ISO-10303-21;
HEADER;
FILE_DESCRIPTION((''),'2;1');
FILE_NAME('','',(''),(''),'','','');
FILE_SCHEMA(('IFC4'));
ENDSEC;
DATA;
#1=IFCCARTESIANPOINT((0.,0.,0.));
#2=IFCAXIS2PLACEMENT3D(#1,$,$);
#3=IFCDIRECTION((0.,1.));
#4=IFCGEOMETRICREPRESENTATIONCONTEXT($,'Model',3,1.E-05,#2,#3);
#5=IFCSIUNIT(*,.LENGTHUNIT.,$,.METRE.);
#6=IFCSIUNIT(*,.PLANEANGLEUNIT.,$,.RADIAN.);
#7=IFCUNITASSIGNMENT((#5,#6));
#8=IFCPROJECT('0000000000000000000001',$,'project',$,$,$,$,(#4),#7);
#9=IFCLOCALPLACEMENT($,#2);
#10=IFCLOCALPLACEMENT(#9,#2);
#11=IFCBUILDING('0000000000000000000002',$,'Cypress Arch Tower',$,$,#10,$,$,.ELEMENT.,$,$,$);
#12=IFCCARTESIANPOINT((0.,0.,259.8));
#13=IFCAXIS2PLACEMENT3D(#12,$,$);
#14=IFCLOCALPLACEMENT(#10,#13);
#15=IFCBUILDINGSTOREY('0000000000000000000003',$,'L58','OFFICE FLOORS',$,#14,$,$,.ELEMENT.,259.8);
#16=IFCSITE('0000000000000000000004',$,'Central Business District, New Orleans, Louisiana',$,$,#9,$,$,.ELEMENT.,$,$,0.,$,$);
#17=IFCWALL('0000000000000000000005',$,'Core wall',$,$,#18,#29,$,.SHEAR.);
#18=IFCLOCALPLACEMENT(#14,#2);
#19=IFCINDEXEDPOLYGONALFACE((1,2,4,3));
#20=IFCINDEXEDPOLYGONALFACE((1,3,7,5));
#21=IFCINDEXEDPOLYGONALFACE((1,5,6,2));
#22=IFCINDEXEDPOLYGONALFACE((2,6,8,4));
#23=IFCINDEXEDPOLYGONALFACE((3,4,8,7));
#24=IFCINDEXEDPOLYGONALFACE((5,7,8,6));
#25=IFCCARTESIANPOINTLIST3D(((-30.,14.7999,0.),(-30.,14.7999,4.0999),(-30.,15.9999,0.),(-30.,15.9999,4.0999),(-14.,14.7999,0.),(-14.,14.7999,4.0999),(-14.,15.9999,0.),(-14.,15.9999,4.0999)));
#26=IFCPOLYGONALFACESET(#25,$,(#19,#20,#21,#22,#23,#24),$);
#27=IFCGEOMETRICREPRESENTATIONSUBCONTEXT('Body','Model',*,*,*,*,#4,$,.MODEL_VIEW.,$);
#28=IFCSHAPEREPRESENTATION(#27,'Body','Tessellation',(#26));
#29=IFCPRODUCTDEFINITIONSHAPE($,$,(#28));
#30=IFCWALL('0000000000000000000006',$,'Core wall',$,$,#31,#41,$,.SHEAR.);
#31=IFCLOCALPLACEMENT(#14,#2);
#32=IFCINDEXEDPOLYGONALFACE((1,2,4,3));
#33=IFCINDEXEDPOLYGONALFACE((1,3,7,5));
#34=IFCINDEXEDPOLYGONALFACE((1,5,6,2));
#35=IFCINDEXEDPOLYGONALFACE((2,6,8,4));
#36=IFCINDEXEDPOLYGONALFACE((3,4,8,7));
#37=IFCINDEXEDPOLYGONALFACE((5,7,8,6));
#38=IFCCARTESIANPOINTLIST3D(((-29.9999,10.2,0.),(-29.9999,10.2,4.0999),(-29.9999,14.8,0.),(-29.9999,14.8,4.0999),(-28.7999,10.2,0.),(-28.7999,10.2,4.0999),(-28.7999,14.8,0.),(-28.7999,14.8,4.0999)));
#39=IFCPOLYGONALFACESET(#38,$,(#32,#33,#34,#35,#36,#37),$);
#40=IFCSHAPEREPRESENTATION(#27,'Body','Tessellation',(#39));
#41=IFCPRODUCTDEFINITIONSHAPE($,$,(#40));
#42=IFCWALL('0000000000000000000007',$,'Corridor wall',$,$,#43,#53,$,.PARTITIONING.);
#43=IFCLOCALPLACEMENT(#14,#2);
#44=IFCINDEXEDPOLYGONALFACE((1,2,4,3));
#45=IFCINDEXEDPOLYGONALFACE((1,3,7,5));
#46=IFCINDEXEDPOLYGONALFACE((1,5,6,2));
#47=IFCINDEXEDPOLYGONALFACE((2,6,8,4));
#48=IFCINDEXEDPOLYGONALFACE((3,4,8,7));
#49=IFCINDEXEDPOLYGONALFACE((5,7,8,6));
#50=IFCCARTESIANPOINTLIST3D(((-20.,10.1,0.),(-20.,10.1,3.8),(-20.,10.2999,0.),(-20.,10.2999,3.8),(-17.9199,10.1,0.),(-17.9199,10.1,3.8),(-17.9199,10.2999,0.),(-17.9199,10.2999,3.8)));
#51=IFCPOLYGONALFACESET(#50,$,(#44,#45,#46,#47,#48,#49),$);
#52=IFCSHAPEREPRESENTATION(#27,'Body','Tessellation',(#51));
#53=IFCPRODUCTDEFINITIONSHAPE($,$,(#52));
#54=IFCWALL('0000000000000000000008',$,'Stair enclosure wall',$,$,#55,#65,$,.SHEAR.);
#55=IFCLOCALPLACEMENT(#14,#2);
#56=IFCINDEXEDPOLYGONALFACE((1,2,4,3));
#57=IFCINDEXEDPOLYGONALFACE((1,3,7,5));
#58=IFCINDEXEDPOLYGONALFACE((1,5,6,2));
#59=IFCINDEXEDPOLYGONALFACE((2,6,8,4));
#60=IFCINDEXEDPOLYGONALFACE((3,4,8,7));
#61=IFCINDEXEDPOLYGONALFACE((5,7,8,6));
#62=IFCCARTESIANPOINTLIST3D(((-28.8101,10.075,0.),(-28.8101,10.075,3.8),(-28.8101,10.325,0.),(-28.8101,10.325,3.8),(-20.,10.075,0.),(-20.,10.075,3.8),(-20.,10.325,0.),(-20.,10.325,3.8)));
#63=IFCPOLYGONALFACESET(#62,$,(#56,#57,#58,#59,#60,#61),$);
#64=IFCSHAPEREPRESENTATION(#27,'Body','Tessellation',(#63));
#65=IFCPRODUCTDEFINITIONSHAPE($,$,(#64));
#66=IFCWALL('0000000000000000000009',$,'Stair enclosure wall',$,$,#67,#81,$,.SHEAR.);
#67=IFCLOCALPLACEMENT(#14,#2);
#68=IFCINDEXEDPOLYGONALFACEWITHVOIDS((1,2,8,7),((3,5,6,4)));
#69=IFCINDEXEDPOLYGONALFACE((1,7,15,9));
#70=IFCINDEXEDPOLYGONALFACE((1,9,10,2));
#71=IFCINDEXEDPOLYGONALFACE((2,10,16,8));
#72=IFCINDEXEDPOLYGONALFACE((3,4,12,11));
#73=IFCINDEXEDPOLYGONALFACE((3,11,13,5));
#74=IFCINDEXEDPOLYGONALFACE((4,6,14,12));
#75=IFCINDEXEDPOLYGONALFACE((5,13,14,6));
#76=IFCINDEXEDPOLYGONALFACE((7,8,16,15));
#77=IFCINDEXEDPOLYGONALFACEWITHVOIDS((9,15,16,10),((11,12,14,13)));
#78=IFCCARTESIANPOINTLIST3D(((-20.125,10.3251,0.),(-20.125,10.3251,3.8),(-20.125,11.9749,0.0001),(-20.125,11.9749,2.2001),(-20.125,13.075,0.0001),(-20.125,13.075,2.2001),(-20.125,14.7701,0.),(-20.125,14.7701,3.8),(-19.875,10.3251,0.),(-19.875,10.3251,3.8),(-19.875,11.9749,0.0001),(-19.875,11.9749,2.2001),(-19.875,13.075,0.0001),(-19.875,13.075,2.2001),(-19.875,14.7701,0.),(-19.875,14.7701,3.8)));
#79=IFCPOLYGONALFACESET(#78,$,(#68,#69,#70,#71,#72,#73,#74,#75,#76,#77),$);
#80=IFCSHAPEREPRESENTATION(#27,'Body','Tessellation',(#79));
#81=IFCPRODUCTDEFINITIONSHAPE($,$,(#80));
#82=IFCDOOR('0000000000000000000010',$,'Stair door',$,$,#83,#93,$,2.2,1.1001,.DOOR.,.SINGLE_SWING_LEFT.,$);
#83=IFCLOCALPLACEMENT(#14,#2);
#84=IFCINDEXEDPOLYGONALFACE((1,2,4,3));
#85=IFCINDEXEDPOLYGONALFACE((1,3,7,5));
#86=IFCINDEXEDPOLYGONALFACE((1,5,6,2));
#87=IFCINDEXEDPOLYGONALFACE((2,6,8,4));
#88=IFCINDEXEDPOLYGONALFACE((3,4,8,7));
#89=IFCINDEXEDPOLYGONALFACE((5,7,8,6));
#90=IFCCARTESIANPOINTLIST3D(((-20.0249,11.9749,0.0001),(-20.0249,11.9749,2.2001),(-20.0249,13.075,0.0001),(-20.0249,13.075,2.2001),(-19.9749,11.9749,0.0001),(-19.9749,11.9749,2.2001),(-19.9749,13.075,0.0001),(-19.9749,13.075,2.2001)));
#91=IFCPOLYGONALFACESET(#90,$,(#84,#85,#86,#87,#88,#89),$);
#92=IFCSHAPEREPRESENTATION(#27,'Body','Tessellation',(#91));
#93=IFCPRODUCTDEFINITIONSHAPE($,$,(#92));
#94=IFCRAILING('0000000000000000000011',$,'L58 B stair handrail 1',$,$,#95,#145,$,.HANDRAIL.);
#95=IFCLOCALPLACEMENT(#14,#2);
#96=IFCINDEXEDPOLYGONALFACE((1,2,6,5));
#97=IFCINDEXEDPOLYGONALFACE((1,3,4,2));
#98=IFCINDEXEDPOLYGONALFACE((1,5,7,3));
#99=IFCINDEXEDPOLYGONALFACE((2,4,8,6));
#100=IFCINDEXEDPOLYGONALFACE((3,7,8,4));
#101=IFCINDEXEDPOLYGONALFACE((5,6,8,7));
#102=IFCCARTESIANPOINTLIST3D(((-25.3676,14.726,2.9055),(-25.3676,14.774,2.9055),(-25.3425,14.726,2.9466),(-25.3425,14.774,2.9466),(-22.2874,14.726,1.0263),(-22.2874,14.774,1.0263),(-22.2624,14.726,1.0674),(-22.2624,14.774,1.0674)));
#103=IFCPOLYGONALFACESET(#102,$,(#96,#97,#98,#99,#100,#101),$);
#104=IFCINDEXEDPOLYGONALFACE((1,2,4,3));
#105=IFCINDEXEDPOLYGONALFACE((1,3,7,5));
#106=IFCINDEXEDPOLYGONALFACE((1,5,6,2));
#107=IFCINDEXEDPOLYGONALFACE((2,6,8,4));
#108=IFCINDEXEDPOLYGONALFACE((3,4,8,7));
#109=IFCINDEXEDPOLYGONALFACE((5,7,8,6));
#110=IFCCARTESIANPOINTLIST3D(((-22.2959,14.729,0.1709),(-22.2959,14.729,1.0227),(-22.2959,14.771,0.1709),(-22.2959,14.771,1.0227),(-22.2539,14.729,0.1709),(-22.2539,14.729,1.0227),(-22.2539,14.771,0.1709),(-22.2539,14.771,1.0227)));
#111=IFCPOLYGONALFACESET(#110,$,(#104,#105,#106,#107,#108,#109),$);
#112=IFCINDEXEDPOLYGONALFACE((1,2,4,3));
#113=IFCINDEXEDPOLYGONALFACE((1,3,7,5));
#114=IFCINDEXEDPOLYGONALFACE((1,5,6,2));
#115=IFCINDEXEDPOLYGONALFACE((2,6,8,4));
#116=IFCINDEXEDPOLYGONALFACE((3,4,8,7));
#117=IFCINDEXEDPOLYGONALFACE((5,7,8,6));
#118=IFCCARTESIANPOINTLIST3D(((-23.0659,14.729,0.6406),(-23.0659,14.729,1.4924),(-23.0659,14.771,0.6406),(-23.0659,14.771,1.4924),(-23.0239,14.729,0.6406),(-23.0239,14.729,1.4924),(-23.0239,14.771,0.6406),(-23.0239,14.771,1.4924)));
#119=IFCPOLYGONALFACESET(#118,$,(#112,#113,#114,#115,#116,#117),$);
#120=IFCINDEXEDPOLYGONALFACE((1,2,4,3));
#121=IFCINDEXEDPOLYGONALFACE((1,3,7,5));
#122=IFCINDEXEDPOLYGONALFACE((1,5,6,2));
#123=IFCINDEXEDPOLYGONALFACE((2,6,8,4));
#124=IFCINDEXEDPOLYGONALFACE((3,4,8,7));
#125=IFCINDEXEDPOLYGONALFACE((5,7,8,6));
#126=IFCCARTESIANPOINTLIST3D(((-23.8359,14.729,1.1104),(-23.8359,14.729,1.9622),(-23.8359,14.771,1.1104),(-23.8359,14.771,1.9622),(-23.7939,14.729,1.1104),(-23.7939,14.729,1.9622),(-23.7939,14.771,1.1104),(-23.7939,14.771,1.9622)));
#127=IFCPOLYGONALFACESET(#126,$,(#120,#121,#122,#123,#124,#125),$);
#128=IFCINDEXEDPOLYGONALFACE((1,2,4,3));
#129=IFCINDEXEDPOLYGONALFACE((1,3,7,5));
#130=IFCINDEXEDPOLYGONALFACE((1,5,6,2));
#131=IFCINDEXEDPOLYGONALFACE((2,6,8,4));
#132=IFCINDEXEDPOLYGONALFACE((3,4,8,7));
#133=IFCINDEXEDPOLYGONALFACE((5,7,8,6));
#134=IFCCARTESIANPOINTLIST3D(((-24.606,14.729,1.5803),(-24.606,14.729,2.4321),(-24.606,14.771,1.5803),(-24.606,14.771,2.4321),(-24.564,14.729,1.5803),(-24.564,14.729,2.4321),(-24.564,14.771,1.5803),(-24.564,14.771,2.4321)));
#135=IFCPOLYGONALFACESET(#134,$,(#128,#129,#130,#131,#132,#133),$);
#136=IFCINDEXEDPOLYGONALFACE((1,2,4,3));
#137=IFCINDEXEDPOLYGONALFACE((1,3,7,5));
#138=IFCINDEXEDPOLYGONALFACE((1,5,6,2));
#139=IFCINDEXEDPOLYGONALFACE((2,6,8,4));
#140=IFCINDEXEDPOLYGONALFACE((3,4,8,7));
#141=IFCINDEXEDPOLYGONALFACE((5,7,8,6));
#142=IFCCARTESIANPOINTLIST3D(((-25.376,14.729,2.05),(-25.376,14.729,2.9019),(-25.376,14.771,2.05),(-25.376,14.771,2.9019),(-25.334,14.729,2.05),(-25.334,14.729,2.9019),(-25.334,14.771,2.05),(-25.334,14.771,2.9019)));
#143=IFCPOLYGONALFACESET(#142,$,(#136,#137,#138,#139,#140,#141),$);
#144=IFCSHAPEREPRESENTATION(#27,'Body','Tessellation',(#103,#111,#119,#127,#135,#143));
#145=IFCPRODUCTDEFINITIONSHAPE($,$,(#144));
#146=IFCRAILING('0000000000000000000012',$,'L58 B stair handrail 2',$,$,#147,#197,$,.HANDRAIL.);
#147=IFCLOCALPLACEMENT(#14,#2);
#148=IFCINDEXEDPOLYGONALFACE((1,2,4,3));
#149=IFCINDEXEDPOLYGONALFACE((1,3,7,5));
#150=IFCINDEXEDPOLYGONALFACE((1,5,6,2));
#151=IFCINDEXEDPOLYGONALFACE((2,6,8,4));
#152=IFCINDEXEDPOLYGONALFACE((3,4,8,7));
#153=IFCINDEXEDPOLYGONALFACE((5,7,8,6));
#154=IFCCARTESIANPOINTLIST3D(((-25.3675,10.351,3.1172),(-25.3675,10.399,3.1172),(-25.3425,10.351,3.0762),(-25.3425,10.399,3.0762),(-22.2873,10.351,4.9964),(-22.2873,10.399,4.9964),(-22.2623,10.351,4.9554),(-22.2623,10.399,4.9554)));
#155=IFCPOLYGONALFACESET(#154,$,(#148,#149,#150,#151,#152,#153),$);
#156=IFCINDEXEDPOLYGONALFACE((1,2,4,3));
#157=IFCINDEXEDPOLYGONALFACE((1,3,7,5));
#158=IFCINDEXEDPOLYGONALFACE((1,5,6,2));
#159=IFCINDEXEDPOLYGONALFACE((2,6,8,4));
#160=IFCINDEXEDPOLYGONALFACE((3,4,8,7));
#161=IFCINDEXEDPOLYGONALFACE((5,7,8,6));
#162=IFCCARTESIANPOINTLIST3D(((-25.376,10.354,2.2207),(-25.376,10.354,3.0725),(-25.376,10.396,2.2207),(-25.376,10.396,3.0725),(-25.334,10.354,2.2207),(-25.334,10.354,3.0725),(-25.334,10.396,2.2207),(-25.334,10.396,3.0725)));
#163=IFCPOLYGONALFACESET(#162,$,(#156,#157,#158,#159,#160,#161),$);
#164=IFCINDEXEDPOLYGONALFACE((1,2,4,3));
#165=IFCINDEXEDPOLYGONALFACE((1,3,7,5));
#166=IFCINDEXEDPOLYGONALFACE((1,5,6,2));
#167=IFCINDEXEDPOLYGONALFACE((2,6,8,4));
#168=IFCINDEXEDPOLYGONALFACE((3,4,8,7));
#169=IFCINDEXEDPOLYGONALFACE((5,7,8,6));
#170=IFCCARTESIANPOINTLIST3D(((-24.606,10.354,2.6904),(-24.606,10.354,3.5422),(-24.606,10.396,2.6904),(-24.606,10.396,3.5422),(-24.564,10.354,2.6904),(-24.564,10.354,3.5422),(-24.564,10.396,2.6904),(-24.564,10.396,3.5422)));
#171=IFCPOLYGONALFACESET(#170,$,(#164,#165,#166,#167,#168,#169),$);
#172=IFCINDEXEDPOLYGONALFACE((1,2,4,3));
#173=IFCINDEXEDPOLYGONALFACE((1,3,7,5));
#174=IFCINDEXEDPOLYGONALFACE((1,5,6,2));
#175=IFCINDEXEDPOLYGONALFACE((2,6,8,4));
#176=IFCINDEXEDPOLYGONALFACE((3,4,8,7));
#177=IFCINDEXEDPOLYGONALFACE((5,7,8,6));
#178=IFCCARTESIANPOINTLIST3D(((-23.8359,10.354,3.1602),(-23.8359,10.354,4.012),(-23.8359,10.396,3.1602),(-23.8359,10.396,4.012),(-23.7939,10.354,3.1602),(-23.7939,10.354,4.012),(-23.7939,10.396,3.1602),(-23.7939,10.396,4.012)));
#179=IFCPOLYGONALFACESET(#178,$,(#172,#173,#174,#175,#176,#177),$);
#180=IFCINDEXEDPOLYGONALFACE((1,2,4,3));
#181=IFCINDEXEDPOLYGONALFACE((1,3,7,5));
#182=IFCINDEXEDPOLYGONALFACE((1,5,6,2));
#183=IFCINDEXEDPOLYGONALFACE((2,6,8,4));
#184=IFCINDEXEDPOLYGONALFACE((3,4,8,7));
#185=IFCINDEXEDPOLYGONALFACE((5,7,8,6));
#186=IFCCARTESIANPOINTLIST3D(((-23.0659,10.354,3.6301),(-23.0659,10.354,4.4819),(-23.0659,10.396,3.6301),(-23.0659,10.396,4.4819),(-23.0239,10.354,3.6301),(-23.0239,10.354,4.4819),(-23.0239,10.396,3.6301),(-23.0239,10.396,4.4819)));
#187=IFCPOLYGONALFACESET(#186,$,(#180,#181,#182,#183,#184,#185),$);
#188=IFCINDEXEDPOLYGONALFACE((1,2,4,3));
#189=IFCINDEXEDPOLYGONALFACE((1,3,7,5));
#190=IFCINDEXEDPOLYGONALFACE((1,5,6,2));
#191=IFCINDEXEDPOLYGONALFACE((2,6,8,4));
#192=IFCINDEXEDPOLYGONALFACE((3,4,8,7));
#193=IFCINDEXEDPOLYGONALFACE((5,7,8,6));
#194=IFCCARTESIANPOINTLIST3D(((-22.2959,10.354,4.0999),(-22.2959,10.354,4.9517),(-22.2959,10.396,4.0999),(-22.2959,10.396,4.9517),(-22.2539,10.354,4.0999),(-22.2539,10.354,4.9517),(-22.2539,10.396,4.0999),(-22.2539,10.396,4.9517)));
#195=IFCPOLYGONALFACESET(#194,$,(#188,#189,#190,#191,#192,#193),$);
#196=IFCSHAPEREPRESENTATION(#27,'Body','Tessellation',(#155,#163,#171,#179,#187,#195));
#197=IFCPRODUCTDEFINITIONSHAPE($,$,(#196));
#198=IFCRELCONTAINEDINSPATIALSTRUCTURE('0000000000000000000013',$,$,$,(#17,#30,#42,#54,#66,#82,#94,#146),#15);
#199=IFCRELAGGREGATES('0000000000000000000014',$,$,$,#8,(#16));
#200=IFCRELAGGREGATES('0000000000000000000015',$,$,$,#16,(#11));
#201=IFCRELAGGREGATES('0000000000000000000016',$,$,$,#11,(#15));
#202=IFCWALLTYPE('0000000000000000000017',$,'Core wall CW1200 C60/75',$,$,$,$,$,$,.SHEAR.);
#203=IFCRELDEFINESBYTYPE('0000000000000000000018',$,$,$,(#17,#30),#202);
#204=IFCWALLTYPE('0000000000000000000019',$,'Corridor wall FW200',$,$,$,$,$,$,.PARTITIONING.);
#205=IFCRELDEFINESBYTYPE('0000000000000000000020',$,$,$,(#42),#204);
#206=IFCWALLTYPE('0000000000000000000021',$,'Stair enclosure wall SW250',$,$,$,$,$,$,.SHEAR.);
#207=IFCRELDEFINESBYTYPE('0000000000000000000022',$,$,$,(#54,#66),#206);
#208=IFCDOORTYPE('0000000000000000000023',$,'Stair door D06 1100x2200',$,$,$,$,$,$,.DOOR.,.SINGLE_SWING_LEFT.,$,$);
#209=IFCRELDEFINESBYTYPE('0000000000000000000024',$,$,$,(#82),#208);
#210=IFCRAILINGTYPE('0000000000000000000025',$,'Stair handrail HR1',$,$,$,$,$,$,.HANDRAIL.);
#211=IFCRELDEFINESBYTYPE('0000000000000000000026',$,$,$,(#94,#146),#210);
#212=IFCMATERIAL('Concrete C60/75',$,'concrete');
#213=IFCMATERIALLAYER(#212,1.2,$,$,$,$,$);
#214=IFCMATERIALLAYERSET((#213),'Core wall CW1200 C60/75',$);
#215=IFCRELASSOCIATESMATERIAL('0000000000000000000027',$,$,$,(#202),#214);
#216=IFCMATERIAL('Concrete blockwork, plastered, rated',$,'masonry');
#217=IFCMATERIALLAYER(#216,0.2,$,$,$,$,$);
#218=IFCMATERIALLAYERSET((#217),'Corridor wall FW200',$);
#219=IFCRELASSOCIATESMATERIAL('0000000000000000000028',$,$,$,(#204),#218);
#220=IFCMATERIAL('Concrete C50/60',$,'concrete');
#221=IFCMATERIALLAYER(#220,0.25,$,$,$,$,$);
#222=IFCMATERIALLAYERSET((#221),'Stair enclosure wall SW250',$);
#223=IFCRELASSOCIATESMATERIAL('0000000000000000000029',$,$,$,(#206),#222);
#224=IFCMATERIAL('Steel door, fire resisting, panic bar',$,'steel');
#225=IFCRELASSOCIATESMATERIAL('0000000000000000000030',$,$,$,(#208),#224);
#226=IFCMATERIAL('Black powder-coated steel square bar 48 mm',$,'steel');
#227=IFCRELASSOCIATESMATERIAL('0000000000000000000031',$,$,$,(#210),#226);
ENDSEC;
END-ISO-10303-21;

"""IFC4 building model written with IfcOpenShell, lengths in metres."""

from ifc_helpers import new_model, si_unit, direction, frame, frame_2d, origin, origin_2d, place, context, subcontext, project, spatial, rectangle, extrude, material, layer, layer_set, type_object, element, fill, save


model = new_model("IFC4")

# Units and contexts
model_context = context("Model", 3, precision=1e-05, world=origin(), true_north=direction((0.0, 1.0)))
body_context = subcontext(model_context, "Body", "Model", "MODEL_VIEW")
ifc_project = project(units=[si_unit("LENGTHUNIT", "METRE"), si_unit("PLANEANGLEUNIT", "RADIAN")], contexts=[model_context])

# Site, building, storey
site_placement = place(None, origin())
site = spatial("IfcSite", under=ifc_project, at=site_placement, Name="Central Business District, New Orleans, Louisiana", CompositionType="ELEMENT", RefElevation=0.0)
building_placement = place(site_placement, origin())
building = spatial("IfcBuilding", under=site, at=building_placement, Name="Cypress Arch Tower", CompositionType="ELEMENT")
storey_placement = place(building_placement, frame((0.0, 0.0, 259.8)))
storey = spatial("IfcBuildingStorey", under=building, at=storey_placement, Name="L58", Description="OFFICE FLOORS", CompositionType="ELEMENT", Elevation=259.8)

# Walls
ifc_material_1 = material(Name="Concrete C60/75", Category="concrete")
ifc_layer_1 = layer(ifc_material_1, 1.2)
ifc_layer_set_1 = layer_set([ifc_layer_1], Name="Core wall CW1200 C60/75")
wall_type_1 = type_object("IfcWallType", Name="Core wall CW1200 C60/75", PredefinedType="SHEAR", material=ifc_layer_set_1)
wall_1_placement = place(storey_placement, frame((-30.0, 15.3999, 0.0), z_axis=(0.0, 0.0, 1.0), x_axis=(1.0, 0.0, 0.0)))
element("IfcWall", 1, at=wall_1_placement, inside=storey, type_object=wall_type_1, Name="Core wall", PredefinedType="SHEAR", context=body_context, shape_type="SweptSolid", body=[
    extrude(rectangle(XDim=16.0, YDim=1.2, at=frame_2d((8.0, 0.0))), origin(), (0.0, 0.0, 1.0), 4.0999),
])
wall_2_placement = place(storey_placement, frame((-29.3999, 10.2, 0.0), z_axis=(0.0, 0.0, 1.0), x_axis=(0.0, 1.0, 0.0)))
element("IfcWall", 2, at=wall_2_placement, inside=storey, type_object=wall_type_1, Name="Core wall", PredefinedType="SHEAR", context=body_context, shape_type="SweptSolid", body=[
    extrude(rectangle(XDim=4.6001, YDim=1.2, at=frame_2d((2.3, 0.0))), origin(), (0.0, 0.0, 1.0), 4.0999),
])
ifc_material_2 = material(Name="Concrete blockwork, plastered, rated", Category="masonry")
ifc_layer_2 = layer(ifc_material_2, 0.2)
ifc_layer_set_2 = layer_set([ifc_layer_2], Name="Corridor wall FW200")
wall_type_2 = type_object("IfcWallType", Name="Corridor wall FW200", PredefinedType="PARTITIONING", material=ifc_layer_set_2)
wall_3_placement = place(storey_placement, frame((-20.0, 10.2, 0.0), z_axis=(0.0, 0.0, 1.0), x_axis=(1.0, 0.0, 0.0)))
element("IfcWall", 3, at=wall_3_placement, inside=storey, type_object=wall_type_2, Name="Corridor wall", PredefinedType="PARTITIONING", context=body_context, shape_type="SweptSolid", body=[
    extrude(rectangle(XDim=2.0801, YDim=0.2, at=frame_2d((1.04, 0.0))), origin(), (0.0, 0.0, 1.0), 3.8),
])
ifc_material_3 = material(Name="Concrete C50/60", Category="concrete")
ifc_layer_3 = layer(ifc_material_3, 0.25)
ifc_layer_set_3 = layer_set([ifc_layer_3], Name="Stair enclosure wall SW250")
wall_type_3 = type_object("IfcWallType", Name="Stair enclosure wall SW250", PredefinedType="SHEAR", material=ifc_layer_set_3)
wall_4_placement = place(storey_placement, frame((-28.8101, 10.2, 0.0), z_axis=(0.0, 0.0, 1.0), x_axis=(1.0, 0.0, 0.0)))
element("IfcWall", 4, at=wall_4_placement, inside=storey, type_object=wall_type_3, Name="Stair enclosure wall", PredefinedType="SHEAR", context=body_context, shape_type="SweptSolid", body=[
    extrude(rectangle(XDim=8.8101, YDim=0.25, at=frame_2d((4.405, 0.0))), origin(), (0.0, 0.0, 1.0), 3.8),
])

# Wall, opening, door
wall_5_placement = place(storey_placement, frame((-20.0, 10.325, 0.0), z_axis=(0.0, 0.0, 1.0), x_axis=(0.0, 1.0, 0.0)))
wall_5 = element("IfcWall", 5, at=wall_5_placement, inside=storey, type_object=wall_type_3, Name="Stair enclosure wall", PredefinedType="SHEAR", context=body_context, shape_type="SweptSolid", body=[
    extrude(rectangle(XDim=4.4451, YDim=0.25, at=frame_2d((2.2227, 0.0))), origin(), (0.0, 0.0, 1.0), 3.8),
])
opening_1_placement = place(wall_5_placement, frame((1.6499, 0.0, 0.0)))
opening_1 = element("IfcOpeningElement", 6, at=opening_1_placement, cuts=wall_5, PredefinedType="OPENING", context=body_context, shape_type="SweptSolid", body=[
    extrude(rectangle(XDim=1.1001, YDim=2.2, at=frame_2d((0.55, 1.1001))), frame((0.0, 0.135, 0.0), z_axis=(0.0, -1.0, 0.0), x_axis=(1.0, 0.0, 0.0)), (0.0, 0.0, 1.0), 0.27),
])
ifc_material_4 = material(Name="Steel door, fire resisting, panic bar", Category="steel")
door_type = type_object("IfcDoorType", Name="Stair door D06 1100x2200", OperationType="SINGLE_SWING_LEFT", PredefinedType="DOOR", material=ifc_material_4)
door_placement = place(opening_1_placement, origin())
door = element("IfcDoor", 7, at=door_placement, inside=storey, type_object=door_type, Name="Stair door", OperationType="SINGLE_SWING_LEFT", OverallHeight=2.2, OverallWidth=1.1001, PredefinedType="DOOR", context=body_context, shape_type="SweptSolid", body=[
    extrude(rectangle(XDim=1.1001, YDim=2.2, at=frame_2d((0.55, 1.1001))), frame((0.0, 0.0249, 0.0), z_axis=(0.0, -1.0, 0.0), x_axis=(1.0, 0.0, 0.0)), (0.0, 0.0, 1.0), 0.05),
])
fill(opening_1, door)

# Railings
ifc_material_5 = material(Name="Black powder-coated steel square bar 48 mm", Category="steel")
railing_type_1 = type_object("IfcRailingType", Name="Stair handrail HR1", PredefinedType="HANDRAIL", material=ifc_material_5)
railing_1_placement = place(storey_placement, frame((-22.2749, 14.75, 0.1709)))
element("IfcRailing", 8, at=railing_1_placement, inside=storey, type_object=railing_type_1, Name="L58 B stair handrail 1", PredefinedType="HANDRAIL", context=body_context, shape_type="SweptSolid", body=[
    extrude(rectangle(XDim=0.0481, YDim=0.0481, at=origin_2d()), frame((0.0, 0.0, 0.876), z_axis=(-0.853666, 0.0, 0.52082), x_axis=(0.0, -1.0, 0.0)), (0.0, 0.0, 1.0), 3.6082),
    extrude(rectangle(XDim=0.042, YDim=0.042, at=origin_2d()), origin(), (0.0, 0.0, 1.0), 0.8518),
    extrude(rectangle(XDim=0.042, YDim=0.042, at=origin_2d()), frame((-0.77, 0.0, 0.4697)), (0.0, 0.0, 1.0), 0.8518),
    extrude(rectangle(XDim=0.042, YDim=0.042, at=origin_2d()), frame((-1.54, 0.0, 0.9395)), (0.0, 0.0, 1.0), 0.8518),
    extrude(rectangle(XDim=0.042, YDim=0.042, at=origin_2d()), frame((-2.3101, 0.0, 1.4094)), (0.0, 0.0, 1.0), 0.8518),
    extrude(rectangle(XDim=0.042, YDim=0.042, at=origin_2d()), frame((-3.0801, 0.0, 1.8792)), (0.0, 0.0, 1.0), 0.8518),
])
railing_2_placement = place(storey_placement, frame((-25.355, 10.375, 2.2207)))
element("IfcRailing", 9, at=railing_2_placement, inside=storey, type_object=railing_type_1, Name="L58 B stair handrail 2", PredefinedType="HANDRAIL", context=body_context, shape_type="SweptSolid", body=[
    extrude(rectangle(XDim=0.0481, YDim=0.0481, at=origin_2d()), frame((0.0, 0.0, 0.876), z_axis=(0.853666, 0.0, 0.52082), x_axis=(0.0, 1.0, 0.0)), (0.0, 0.0, 1.0), 3.6082),
    extrude(rectangle(XDim=0.042, YDim=0.042, at=origin_2d()), origin(), (0.0, 0.0, 1.0), 0.8518),
    extrude(rectangle(XDim=0.042, YDim=0.042, at=origin_2d()), frame((0.77, 0.0, 0.4697)), (0.0, 0.0, 1.0), 0.8518),
    extrude(rectangle(XDim=0.042, YDim=0.042, at=origin_2d()), frame((1.54, 0.0, 0.9395)), (0.0, 0.0, 1.0), 0.8518),
    extrude(rectangle(XDim=0.042, YDim=0.042, at=origin_2d()), frame((2.3101, 0.0, 1.4094)), (0.0, 0.0, 1.0), 0.8518),
    extrude(rectangle(XDim=0.042, YDim=0.042, at=origin_2d()), frame((3.0801, 0.0, 1.8792)), (0.0, 0.0, 1.0), 0.8518),
])

save(model, "model.ifc")
